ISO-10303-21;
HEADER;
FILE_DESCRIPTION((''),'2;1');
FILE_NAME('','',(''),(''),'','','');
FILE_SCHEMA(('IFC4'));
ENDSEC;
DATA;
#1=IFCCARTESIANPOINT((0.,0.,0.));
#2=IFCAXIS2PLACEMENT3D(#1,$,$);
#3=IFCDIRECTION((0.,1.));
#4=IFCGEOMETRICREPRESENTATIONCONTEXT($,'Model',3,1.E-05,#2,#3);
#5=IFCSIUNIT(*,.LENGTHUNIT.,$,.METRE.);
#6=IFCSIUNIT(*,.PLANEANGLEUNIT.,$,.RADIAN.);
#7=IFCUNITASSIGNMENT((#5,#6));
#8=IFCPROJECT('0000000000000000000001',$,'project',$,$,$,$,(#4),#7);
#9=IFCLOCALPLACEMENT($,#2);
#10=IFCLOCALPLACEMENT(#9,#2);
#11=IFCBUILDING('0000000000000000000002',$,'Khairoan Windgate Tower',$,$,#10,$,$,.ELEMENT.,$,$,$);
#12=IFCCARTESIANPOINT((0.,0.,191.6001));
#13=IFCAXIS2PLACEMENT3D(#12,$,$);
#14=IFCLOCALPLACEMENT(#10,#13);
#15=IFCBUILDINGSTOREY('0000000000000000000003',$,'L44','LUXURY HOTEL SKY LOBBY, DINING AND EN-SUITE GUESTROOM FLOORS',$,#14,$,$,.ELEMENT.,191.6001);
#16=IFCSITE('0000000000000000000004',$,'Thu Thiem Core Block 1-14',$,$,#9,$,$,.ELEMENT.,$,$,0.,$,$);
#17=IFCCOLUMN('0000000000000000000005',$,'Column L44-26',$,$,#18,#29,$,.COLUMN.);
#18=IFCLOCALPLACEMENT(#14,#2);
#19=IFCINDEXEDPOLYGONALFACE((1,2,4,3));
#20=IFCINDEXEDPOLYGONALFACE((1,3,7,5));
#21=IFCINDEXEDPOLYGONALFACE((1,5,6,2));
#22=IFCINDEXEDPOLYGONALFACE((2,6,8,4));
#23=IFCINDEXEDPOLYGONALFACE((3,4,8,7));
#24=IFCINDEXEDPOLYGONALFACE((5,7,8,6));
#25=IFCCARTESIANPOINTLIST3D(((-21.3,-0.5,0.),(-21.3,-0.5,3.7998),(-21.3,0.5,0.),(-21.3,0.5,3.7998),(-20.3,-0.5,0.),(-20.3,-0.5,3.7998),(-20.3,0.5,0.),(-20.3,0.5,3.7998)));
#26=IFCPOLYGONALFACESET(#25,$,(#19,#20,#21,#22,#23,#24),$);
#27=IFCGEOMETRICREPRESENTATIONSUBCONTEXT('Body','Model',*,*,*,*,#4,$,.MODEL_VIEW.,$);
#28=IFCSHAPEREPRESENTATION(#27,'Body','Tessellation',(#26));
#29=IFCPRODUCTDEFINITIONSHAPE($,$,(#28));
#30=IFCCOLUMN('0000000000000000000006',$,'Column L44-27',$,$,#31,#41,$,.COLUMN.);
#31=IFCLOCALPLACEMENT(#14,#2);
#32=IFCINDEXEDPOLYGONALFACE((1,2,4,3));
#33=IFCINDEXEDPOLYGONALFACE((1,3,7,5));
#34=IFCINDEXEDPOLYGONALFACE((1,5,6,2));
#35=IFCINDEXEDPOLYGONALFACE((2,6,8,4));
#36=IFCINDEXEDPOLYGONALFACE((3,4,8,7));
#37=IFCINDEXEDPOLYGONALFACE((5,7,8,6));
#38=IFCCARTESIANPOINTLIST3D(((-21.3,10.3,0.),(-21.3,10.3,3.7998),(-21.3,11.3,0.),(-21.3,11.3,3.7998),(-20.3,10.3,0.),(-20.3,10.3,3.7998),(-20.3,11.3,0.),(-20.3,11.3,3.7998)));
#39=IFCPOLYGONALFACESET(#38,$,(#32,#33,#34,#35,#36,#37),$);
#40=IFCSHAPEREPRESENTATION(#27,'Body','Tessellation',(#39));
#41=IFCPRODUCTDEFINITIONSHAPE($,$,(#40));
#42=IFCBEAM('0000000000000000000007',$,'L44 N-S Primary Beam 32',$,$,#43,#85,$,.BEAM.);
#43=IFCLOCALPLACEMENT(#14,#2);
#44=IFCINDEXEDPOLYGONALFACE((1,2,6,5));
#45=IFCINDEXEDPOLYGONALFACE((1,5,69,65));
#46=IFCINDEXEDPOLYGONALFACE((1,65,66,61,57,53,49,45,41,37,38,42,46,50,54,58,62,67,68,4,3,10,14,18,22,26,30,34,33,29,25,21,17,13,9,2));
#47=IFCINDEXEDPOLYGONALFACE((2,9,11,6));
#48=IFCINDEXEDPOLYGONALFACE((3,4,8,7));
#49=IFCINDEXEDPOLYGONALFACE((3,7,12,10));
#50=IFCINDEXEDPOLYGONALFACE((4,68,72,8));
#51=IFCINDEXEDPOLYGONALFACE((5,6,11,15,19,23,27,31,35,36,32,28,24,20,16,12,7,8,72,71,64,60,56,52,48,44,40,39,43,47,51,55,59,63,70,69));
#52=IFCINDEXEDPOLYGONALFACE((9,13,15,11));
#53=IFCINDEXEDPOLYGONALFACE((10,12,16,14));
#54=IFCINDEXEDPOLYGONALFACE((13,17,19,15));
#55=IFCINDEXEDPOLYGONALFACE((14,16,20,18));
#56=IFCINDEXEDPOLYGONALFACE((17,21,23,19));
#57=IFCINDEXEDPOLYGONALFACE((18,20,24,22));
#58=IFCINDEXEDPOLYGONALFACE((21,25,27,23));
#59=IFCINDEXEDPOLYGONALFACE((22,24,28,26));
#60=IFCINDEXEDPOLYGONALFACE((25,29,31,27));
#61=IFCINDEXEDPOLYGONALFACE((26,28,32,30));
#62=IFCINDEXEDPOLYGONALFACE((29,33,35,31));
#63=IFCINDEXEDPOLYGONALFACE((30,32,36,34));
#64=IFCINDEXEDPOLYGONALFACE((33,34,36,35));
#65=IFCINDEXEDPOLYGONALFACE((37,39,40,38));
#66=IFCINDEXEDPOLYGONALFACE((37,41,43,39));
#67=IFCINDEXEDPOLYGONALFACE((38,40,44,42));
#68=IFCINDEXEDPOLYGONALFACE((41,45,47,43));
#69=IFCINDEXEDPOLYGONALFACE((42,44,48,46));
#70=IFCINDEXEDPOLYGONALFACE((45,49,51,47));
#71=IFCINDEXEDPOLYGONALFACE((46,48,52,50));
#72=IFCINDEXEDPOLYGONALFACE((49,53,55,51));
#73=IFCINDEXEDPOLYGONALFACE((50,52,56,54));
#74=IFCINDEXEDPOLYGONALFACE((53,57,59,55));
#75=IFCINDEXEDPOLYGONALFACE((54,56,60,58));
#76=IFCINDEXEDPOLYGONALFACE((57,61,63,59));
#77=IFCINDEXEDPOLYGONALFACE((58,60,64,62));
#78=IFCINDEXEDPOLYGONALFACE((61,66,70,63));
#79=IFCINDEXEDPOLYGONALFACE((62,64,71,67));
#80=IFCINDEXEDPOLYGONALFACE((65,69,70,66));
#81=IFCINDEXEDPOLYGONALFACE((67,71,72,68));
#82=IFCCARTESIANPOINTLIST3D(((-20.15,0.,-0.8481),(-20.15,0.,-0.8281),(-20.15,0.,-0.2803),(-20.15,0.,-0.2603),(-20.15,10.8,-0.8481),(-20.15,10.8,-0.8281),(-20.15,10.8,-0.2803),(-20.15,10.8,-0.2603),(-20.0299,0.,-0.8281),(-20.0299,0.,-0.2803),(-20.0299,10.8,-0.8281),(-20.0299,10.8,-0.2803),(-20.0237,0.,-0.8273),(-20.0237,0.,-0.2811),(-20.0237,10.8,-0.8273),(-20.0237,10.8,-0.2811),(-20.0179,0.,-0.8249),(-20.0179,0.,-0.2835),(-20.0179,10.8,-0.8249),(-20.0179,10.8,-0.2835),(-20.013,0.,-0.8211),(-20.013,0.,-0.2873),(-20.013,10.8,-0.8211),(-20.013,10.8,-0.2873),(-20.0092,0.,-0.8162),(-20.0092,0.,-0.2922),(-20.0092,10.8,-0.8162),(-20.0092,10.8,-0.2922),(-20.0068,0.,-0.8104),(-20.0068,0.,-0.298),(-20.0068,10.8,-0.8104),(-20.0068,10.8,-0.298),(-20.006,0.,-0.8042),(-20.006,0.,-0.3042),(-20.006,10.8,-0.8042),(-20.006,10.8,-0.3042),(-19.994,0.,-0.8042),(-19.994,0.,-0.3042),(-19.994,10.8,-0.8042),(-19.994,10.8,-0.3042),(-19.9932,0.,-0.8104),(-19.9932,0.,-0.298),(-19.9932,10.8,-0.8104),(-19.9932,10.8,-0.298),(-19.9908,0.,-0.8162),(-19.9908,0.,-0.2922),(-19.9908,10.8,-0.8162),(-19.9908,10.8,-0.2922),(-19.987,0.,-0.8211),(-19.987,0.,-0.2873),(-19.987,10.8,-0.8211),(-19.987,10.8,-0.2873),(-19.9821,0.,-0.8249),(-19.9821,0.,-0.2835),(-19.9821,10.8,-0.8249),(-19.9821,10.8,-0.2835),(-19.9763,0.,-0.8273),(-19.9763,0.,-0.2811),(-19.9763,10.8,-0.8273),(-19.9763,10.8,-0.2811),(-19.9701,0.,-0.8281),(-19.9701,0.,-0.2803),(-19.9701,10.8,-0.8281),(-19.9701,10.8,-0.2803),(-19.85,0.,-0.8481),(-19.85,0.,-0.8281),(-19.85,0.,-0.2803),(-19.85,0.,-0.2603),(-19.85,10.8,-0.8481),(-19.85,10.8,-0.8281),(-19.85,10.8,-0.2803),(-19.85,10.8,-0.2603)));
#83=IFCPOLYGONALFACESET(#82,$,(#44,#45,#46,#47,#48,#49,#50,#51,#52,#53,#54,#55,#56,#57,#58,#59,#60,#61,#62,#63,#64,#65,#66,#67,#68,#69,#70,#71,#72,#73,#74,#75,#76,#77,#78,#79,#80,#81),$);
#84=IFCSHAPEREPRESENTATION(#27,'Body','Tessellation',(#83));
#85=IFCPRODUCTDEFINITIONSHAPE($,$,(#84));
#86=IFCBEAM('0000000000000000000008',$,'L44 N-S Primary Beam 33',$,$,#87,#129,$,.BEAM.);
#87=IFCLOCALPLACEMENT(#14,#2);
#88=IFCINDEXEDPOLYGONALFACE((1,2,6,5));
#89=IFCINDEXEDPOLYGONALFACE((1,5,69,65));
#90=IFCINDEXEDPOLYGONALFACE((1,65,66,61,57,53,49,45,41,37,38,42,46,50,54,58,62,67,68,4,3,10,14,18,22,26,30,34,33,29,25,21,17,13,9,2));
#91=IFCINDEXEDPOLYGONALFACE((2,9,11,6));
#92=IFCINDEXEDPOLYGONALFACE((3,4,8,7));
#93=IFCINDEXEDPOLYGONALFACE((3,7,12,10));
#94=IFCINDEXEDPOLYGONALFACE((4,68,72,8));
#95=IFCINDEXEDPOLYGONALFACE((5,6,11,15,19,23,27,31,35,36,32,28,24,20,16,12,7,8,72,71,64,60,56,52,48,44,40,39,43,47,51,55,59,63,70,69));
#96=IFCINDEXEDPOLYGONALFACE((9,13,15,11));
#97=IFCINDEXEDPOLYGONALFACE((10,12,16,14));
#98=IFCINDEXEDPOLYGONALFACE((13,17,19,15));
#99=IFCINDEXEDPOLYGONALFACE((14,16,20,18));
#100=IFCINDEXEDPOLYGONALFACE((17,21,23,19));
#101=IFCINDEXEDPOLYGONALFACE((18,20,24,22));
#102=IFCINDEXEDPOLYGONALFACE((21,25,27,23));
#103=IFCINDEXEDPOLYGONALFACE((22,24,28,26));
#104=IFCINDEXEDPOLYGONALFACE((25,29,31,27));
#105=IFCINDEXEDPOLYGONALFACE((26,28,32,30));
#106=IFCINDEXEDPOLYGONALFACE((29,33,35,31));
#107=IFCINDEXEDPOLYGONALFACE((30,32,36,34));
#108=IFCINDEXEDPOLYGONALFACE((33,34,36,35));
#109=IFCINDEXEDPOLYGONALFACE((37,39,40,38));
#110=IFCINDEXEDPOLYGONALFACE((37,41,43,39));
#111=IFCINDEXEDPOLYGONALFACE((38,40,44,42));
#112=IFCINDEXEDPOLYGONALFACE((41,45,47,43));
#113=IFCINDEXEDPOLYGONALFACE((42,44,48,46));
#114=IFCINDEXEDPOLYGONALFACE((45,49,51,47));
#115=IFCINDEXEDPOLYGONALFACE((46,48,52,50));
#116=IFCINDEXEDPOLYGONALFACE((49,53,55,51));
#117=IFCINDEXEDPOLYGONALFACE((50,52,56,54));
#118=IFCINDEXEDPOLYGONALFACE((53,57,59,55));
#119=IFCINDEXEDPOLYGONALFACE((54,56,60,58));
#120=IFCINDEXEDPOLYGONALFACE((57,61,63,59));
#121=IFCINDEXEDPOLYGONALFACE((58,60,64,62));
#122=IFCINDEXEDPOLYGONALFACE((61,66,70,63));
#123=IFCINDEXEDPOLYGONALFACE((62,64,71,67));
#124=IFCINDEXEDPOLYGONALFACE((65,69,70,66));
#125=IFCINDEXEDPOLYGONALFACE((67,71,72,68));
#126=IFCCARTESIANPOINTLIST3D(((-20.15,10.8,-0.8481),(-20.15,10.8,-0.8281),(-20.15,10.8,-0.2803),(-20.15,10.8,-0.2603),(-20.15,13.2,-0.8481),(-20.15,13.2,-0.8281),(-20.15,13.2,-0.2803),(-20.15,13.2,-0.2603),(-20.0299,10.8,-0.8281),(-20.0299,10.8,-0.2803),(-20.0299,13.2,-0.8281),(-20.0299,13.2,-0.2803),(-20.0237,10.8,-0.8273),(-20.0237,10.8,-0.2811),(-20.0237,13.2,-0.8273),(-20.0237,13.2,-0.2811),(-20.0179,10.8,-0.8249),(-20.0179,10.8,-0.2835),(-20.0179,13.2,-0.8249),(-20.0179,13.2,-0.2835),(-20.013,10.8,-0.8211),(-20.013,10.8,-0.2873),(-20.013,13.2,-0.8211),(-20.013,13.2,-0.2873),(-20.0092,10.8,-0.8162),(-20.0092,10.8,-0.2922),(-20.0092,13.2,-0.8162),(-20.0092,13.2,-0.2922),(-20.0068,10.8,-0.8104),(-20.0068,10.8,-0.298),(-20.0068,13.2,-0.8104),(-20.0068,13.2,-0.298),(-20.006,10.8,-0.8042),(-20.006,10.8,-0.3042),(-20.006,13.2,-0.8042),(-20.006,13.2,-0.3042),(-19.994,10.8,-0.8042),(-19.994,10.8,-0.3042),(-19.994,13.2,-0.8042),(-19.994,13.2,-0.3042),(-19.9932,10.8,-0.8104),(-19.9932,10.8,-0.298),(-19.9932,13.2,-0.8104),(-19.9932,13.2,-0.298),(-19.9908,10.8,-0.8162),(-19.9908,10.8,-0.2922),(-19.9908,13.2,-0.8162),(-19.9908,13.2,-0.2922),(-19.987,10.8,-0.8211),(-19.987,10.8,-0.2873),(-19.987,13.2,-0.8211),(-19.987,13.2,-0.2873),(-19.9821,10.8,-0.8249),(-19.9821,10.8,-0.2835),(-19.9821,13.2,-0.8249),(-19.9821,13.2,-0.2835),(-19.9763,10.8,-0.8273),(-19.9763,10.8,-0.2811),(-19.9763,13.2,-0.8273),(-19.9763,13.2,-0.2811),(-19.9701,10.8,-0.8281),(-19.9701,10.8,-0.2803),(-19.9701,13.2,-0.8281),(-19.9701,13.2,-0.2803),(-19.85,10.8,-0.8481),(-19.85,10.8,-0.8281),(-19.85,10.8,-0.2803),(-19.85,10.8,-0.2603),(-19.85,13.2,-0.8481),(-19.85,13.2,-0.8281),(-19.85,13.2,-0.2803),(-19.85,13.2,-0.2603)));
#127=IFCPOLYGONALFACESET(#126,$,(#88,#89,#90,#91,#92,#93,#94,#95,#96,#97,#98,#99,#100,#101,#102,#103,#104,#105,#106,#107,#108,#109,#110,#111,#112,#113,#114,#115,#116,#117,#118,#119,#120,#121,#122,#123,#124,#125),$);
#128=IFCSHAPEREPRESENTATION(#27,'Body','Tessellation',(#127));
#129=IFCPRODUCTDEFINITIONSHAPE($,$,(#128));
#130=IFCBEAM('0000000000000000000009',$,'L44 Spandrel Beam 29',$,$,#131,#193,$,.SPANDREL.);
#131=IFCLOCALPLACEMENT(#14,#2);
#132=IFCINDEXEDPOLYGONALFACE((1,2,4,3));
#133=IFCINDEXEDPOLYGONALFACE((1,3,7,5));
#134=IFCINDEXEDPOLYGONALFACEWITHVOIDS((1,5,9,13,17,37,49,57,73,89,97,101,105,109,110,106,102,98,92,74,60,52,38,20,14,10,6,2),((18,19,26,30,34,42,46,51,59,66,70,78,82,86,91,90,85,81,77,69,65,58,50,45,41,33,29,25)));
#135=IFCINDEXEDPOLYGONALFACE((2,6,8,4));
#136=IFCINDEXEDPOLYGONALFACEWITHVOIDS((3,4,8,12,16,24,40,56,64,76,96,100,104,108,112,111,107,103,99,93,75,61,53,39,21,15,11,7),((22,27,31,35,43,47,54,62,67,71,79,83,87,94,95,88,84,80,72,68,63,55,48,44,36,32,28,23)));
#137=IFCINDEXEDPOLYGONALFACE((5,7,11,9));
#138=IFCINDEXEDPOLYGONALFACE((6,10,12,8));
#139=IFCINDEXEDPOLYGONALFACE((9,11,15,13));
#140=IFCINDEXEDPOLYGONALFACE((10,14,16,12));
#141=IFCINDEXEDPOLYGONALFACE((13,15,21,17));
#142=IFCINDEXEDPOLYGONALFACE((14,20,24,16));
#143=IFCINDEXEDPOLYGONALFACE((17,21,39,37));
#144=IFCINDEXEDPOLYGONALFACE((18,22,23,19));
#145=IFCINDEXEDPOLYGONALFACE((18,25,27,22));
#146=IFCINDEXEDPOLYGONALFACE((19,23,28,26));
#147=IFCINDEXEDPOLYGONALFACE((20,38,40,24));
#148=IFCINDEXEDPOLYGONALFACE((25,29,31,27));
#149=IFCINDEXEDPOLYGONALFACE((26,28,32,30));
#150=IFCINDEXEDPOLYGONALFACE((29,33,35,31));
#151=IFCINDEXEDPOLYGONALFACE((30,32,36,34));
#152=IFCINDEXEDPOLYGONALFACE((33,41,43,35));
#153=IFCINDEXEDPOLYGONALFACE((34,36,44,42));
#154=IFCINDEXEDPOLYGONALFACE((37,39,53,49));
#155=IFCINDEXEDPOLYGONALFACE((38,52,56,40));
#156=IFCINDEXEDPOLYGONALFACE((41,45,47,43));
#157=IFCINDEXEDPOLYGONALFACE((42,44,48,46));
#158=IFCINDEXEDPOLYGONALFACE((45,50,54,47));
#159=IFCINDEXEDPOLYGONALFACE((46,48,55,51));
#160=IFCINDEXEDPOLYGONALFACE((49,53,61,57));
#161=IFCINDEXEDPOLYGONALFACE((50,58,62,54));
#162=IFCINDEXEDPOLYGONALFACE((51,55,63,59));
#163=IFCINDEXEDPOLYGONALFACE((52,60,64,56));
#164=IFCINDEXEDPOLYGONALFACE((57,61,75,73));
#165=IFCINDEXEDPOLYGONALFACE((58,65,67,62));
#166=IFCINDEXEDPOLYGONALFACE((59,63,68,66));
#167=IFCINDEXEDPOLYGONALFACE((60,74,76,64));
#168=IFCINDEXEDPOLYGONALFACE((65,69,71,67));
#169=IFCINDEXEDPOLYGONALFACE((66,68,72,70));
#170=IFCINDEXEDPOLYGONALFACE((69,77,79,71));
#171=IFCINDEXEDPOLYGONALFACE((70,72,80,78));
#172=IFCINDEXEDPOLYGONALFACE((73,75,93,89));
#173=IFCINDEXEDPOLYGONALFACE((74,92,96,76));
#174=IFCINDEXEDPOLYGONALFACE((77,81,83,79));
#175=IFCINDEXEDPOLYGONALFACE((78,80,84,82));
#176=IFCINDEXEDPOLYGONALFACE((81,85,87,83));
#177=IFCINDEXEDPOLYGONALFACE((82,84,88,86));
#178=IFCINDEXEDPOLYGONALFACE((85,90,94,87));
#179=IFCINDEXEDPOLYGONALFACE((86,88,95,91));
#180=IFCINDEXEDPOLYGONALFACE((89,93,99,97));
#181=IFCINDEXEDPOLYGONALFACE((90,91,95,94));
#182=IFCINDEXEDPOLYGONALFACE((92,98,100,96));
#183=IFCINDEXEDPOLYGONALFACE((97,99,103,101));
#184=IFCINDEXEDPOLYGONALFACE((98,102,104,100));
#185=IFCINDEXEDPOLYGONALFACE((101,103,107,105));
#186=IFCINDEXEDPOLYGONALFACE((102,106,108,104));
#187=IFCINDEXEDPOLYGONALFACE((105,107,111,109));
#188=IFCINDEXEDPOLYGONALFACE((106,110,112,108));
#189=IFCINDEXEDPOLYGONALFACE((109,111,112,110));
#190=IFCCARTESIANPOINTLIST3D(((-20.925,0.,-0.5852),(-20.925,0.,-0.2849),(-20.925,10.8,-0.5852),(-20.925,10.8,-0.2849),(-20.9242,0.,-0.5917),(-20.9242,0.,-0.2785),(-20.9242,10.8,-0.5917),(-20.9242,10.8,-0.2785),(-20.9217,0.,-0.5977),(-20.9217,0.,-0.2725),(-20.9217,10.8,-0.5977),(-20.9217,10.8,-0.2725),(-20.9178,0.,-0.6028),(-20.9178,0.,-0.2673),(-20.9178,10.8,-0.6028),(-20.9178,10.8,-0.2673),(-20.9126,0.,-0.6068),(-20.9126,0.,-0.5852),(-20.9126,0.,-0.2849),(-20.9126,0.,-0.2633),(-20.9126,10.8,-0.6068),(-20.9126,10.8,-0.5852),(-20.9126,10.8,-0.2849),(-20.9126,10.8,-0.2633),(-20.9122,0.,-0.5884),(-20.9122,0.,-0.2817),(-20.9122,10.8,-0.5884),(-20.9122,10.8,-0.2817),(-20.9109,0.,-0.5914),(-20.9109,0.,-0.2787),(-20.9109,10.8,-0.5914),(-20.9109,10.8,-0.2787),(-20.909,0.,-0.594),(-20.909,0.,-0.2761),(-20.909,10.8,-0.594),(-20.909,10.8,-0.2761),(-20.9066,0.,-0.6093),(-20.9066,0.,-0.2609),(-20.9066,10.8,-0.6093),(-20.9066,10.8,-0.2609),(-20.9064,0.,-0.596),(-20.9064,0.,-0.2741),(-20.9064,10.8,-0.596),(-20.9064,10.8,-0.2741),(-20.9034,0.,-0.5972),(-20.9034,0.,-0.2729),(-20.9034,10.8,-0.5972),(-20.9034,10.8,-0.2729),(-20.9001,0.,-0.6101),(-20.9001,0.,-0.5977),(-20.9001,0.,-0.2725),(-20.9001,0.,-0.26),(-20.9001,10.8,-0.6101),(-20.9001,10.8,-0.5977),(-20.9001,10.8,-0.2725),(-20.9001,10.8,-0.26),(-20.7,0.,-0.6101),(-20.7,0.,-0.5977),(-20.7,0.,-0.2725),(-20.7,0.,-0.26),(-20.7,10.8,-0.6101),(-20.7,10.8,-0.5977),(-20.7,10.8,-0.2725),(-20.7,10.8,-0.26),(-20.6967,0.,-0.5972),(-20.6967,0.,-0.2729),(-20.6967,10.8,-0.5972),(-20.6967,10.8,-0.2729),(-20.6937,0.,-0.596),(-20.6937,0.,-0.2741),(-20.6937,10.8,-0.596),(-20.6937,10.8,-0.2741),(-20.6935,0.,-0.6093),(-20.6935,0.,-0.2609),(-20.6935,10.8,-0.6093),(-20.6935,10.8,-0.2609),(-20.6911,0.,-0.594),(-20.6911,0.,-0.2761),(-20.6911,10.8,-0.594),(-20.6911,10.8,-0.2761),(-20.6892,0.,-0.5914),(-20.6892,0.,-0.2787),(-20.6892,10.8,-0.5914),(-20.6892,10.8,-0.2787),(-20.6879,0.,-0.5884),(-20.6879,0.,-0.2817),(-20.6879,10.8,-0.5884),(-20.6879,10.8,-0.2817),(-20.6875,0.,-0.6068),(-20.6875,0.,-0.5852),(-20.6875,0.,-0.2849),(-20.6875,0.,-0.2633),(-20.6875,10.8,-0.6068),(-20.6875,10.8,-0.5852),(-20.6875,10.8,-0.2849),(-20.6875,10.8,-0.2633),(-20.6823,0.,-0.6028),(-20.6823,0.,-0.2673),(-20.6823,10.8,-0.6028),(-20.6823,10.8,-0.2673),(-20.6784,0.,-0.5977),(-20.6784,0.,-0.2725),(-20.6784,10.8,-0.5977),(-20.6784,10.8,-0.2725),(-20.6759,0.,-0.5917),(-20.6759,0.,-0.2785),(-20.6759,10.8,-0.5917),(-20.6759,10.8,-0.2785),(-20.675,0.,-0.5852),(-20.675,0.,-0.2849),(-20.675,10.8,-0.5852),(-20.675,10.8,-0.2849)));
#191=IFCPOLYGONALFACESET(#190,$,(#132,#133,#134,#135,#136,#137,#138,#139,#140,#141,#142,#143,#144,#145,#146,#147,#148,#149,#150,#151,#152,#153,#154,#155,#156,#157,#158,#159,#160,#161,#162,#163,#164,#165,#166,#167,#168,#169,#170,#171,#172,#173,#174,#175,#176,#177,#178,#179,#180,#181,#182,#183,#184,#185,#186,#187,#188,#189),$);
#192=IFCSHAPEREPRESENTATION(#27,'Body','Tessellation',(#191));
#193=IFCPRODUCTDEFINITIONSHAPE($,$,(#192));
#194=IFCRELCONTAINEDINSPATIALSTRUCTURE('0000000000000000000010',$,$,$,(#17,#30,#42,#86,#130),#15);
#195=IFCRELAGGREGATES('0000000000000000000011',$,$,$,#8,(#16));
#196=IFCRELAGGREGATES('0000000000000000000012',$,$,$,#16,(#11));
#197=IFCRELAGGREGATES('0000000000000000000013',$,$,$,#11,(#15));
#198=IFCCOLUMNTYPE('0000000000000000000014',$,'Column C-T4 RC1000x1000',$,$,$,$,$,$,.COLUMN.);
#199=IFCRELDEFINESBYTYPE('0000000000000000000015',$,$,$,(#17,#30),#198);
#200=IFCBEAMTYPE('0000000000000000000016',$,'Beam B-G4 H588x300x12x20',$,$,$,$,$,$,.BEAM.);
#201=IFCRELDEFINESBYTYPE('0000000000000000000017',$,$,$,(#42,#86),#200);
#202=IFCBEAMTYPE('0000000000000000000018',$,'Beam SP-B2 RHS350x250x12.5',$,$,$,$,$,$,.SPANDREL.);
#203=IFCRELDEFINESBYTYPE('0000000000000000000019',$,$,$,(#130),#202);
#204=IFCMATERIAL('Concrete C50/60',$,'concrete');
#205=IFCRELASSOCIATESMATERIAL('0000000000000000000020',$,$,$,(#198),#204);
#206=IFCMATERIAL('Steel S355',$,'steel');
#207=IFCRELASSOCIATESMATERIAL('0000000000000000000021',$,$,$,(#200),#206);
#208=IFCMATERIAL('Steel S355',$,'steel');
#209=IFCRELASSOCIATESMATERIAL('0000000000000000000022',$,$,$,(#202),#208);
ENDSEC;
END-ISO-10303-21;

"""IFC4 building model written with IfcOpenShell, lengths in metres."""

from ifc_helpers import new_model, si_unit, direction, frame, origin, origin_2d, place, context, subcontext, project, spatial, rectangle, hollow_rectangle, i_section, extrude, material, material_profile, profile_set, type_object, element, save


model = new_model("IFC4")

# Units and contexts
model_context = context("Model", 3, precision=1e-05, world=origin(), true_north=direction((0.0, 1.0)))
body_context = subcontext(model_context, "Body", "Model", "MODEL_VIEW")
ifc_project = project(units=[si_unit("LENGTHUNIT", "METRE"), si_unit("PLANEANGLEUNIT", "RADIAN")], contexts=[model_context])

# Site, building, storey
site_placement = place(None, origin())
site = spatial("IfcSite", under=ifc_project, at=site_placement, Name="Thu Thiem Core Block 1-14", CompositionType="ELEMENT", RefElevation=0.0)
building_placement = place(site_placement, origin())
building = spatial("IfcBuilding", under=site, at=building_placement, Name="Khairoan Windgate Tower", CompositionType="ELEMENT")
storey_placement = place(building_placement, frame((0.0, 0.0, 191.6001)))
storey = spatial("IfcBuildingStorey", under=building, at=storey_placement, Name="L44", Description="LUXURY HOTEL SKY LOBBY, DINING AND EN-SUITE GUESTROOM FLOORS", CompositionType="ELEMENT", Elevation=191.6001)

# Columns
ifc_material_1 = material(Name="Concrete C50/60", Category="concrete")
ifc_material_profile_1 = material_profile(ifc_material_1, rectangle(XDim=1.0, YDim=1.0, at=origin_2d()))
ifc_profile_set_1 = profile_set([ifc_material_profile_1], Name="Concrete C50/60")
column_type = type_object("IfcColumnType", Name="Column C-T4 RC1000x1000", PredefinedType="COLUMN", material=ifc_profile_set_1)
for number, where, z_axis, x_axis, name in (
    (1, (-20.8, 0.0, 0.0), (0.0, 0.0, 1.0), (1.0, 0.0, 0.0), "Column L44-26"),
    (2, (-20.8, 10.8, 0.0), (0.0, 0.0, 1.0), (1.0, 0.0, 0.0), "Column L44-27"),
):
    element("IfcColumn", number, at=place(storey_placement, frame(where, z_axis=z_axis, x_axis=x_axis)), inside=storey, type_object=column_type, Name=name, PredefinedType="COLUMN", context=body_context, shape_type="SweptSolid", body=[
        extrude(rectangle(XDim=1.0, YDim=1.0, at=origin_2d()), origin(), (0.0, 0.0, 1.0), 3.7998),
    ])

# Beams
ifc_material_2 = material(Name="Steel S355", Category="steel")
ifc_material_profile_2 = material_profile(ifc_material_2, i_section(OverallWidth=0.3, OverallDepth=0.5879, WebThickness=0.012, FlangeThickness=0.02, FilletRadius=0.0239, at=origin_2d()))
ifc_profile_set_2 = profile_set([ifc_material_profile_2], Name="Steel S355")
beam_type_1 = type_object("IfcBeamType", Name="Beam B-G4 H588x300x12x20", PredefinedType="BEAM", material=ifc_profile_set_2)
beam_1_placement = place(storey_placement, frame((-20.0, 0.0, -0.5542), z_axis=(0.0, 1.0, 0.0), x_axis=(-1.0, 0.0, 0.0)))
element("IfcBeam", 3, at=beam_1_placement, inside=storey, type_object=beam_type_1, Name="L44 N-S Primary Beam 32", PredefinedType="BEAM", context=body_context, shape_type="SweptSolid", body=[
    extrude(i_section(OverallWidth=0.3, OverallDepth=0.5879, WebThickness=0.012, FlangeThickness=0.02, FilletRadius=0.0239, at=origin_2d()), origin(), (0.0, 0.0, 1.0), 10.8),
])
beam_2_placement = place(storey_placement, frame((-20.0, 10.8, -0.5542), z_axis=(0.0, 1.0, 0.0), x_axis=(-1.0, 0.0, 0.0)))
element("IfcBeam", 4, at=beam_2_placement, inside=storey, type_object=beam_type_1, Name="L44 N-S Primary Beam 33", PredefinedType="BEAM", context=body_context, shape_type="SweptSolid", body=[
    extrude(i_section(OverallWidth=0.3, OverallDepth=0.5879, WebThickness=0.012, FlangeThickness=0.02, FilletRadius=0.0239, at=origin_2d()), origin(), (0.0, 0.0, 1.0), 2.3999),
])
ifc_material_3 = material(Name="Steel S355", Category="steel")
ifc_material_profile_3 = material_profile(ifc_material_3, hollow_rectangle(XDim=0.25, YDim=0.3501, WallThickness=0.0125, InnerFilletRadius=0.0125, OuterFilletRadius=0.0249, at=origin_2d()))
ifc_profile_set_3 = profile_set([ifc_material_profile_3], Name="Steel S355")
beam_type_2 = type_object("IfcBeamType", Name="Beam SP-B2 RHS350x250x12.5", PredefinedType="SPANDREL", material=ifc_profile_set_3)
beam_3_placement = place(storey_placement, frame((-20.8, 0.0, -0.4351), z_axis=(0.0, 1.0, 0.0), x_axis=(-1.0, 0.0, 0.0)))
element("IfcBeam", 5, at=beam_3_placement, inside=storey, type_object=beam_type_2, Name="L44 Spandrel Beam 29", PredefinedType="SPANDREL", context=body_context, shape_type="SweptSolid", body=[
    extrude(hollow_rectangle(XDim=0.25, YDim=0.3501, WallThickness=0.0125, InnerFilletRadius=0.0125, OuterFilletRadius=0.0249, at=origin_2d()), origin(), (0.0, 0.0, 1.0), 10.8),
])

save(model, "model.ifc")
